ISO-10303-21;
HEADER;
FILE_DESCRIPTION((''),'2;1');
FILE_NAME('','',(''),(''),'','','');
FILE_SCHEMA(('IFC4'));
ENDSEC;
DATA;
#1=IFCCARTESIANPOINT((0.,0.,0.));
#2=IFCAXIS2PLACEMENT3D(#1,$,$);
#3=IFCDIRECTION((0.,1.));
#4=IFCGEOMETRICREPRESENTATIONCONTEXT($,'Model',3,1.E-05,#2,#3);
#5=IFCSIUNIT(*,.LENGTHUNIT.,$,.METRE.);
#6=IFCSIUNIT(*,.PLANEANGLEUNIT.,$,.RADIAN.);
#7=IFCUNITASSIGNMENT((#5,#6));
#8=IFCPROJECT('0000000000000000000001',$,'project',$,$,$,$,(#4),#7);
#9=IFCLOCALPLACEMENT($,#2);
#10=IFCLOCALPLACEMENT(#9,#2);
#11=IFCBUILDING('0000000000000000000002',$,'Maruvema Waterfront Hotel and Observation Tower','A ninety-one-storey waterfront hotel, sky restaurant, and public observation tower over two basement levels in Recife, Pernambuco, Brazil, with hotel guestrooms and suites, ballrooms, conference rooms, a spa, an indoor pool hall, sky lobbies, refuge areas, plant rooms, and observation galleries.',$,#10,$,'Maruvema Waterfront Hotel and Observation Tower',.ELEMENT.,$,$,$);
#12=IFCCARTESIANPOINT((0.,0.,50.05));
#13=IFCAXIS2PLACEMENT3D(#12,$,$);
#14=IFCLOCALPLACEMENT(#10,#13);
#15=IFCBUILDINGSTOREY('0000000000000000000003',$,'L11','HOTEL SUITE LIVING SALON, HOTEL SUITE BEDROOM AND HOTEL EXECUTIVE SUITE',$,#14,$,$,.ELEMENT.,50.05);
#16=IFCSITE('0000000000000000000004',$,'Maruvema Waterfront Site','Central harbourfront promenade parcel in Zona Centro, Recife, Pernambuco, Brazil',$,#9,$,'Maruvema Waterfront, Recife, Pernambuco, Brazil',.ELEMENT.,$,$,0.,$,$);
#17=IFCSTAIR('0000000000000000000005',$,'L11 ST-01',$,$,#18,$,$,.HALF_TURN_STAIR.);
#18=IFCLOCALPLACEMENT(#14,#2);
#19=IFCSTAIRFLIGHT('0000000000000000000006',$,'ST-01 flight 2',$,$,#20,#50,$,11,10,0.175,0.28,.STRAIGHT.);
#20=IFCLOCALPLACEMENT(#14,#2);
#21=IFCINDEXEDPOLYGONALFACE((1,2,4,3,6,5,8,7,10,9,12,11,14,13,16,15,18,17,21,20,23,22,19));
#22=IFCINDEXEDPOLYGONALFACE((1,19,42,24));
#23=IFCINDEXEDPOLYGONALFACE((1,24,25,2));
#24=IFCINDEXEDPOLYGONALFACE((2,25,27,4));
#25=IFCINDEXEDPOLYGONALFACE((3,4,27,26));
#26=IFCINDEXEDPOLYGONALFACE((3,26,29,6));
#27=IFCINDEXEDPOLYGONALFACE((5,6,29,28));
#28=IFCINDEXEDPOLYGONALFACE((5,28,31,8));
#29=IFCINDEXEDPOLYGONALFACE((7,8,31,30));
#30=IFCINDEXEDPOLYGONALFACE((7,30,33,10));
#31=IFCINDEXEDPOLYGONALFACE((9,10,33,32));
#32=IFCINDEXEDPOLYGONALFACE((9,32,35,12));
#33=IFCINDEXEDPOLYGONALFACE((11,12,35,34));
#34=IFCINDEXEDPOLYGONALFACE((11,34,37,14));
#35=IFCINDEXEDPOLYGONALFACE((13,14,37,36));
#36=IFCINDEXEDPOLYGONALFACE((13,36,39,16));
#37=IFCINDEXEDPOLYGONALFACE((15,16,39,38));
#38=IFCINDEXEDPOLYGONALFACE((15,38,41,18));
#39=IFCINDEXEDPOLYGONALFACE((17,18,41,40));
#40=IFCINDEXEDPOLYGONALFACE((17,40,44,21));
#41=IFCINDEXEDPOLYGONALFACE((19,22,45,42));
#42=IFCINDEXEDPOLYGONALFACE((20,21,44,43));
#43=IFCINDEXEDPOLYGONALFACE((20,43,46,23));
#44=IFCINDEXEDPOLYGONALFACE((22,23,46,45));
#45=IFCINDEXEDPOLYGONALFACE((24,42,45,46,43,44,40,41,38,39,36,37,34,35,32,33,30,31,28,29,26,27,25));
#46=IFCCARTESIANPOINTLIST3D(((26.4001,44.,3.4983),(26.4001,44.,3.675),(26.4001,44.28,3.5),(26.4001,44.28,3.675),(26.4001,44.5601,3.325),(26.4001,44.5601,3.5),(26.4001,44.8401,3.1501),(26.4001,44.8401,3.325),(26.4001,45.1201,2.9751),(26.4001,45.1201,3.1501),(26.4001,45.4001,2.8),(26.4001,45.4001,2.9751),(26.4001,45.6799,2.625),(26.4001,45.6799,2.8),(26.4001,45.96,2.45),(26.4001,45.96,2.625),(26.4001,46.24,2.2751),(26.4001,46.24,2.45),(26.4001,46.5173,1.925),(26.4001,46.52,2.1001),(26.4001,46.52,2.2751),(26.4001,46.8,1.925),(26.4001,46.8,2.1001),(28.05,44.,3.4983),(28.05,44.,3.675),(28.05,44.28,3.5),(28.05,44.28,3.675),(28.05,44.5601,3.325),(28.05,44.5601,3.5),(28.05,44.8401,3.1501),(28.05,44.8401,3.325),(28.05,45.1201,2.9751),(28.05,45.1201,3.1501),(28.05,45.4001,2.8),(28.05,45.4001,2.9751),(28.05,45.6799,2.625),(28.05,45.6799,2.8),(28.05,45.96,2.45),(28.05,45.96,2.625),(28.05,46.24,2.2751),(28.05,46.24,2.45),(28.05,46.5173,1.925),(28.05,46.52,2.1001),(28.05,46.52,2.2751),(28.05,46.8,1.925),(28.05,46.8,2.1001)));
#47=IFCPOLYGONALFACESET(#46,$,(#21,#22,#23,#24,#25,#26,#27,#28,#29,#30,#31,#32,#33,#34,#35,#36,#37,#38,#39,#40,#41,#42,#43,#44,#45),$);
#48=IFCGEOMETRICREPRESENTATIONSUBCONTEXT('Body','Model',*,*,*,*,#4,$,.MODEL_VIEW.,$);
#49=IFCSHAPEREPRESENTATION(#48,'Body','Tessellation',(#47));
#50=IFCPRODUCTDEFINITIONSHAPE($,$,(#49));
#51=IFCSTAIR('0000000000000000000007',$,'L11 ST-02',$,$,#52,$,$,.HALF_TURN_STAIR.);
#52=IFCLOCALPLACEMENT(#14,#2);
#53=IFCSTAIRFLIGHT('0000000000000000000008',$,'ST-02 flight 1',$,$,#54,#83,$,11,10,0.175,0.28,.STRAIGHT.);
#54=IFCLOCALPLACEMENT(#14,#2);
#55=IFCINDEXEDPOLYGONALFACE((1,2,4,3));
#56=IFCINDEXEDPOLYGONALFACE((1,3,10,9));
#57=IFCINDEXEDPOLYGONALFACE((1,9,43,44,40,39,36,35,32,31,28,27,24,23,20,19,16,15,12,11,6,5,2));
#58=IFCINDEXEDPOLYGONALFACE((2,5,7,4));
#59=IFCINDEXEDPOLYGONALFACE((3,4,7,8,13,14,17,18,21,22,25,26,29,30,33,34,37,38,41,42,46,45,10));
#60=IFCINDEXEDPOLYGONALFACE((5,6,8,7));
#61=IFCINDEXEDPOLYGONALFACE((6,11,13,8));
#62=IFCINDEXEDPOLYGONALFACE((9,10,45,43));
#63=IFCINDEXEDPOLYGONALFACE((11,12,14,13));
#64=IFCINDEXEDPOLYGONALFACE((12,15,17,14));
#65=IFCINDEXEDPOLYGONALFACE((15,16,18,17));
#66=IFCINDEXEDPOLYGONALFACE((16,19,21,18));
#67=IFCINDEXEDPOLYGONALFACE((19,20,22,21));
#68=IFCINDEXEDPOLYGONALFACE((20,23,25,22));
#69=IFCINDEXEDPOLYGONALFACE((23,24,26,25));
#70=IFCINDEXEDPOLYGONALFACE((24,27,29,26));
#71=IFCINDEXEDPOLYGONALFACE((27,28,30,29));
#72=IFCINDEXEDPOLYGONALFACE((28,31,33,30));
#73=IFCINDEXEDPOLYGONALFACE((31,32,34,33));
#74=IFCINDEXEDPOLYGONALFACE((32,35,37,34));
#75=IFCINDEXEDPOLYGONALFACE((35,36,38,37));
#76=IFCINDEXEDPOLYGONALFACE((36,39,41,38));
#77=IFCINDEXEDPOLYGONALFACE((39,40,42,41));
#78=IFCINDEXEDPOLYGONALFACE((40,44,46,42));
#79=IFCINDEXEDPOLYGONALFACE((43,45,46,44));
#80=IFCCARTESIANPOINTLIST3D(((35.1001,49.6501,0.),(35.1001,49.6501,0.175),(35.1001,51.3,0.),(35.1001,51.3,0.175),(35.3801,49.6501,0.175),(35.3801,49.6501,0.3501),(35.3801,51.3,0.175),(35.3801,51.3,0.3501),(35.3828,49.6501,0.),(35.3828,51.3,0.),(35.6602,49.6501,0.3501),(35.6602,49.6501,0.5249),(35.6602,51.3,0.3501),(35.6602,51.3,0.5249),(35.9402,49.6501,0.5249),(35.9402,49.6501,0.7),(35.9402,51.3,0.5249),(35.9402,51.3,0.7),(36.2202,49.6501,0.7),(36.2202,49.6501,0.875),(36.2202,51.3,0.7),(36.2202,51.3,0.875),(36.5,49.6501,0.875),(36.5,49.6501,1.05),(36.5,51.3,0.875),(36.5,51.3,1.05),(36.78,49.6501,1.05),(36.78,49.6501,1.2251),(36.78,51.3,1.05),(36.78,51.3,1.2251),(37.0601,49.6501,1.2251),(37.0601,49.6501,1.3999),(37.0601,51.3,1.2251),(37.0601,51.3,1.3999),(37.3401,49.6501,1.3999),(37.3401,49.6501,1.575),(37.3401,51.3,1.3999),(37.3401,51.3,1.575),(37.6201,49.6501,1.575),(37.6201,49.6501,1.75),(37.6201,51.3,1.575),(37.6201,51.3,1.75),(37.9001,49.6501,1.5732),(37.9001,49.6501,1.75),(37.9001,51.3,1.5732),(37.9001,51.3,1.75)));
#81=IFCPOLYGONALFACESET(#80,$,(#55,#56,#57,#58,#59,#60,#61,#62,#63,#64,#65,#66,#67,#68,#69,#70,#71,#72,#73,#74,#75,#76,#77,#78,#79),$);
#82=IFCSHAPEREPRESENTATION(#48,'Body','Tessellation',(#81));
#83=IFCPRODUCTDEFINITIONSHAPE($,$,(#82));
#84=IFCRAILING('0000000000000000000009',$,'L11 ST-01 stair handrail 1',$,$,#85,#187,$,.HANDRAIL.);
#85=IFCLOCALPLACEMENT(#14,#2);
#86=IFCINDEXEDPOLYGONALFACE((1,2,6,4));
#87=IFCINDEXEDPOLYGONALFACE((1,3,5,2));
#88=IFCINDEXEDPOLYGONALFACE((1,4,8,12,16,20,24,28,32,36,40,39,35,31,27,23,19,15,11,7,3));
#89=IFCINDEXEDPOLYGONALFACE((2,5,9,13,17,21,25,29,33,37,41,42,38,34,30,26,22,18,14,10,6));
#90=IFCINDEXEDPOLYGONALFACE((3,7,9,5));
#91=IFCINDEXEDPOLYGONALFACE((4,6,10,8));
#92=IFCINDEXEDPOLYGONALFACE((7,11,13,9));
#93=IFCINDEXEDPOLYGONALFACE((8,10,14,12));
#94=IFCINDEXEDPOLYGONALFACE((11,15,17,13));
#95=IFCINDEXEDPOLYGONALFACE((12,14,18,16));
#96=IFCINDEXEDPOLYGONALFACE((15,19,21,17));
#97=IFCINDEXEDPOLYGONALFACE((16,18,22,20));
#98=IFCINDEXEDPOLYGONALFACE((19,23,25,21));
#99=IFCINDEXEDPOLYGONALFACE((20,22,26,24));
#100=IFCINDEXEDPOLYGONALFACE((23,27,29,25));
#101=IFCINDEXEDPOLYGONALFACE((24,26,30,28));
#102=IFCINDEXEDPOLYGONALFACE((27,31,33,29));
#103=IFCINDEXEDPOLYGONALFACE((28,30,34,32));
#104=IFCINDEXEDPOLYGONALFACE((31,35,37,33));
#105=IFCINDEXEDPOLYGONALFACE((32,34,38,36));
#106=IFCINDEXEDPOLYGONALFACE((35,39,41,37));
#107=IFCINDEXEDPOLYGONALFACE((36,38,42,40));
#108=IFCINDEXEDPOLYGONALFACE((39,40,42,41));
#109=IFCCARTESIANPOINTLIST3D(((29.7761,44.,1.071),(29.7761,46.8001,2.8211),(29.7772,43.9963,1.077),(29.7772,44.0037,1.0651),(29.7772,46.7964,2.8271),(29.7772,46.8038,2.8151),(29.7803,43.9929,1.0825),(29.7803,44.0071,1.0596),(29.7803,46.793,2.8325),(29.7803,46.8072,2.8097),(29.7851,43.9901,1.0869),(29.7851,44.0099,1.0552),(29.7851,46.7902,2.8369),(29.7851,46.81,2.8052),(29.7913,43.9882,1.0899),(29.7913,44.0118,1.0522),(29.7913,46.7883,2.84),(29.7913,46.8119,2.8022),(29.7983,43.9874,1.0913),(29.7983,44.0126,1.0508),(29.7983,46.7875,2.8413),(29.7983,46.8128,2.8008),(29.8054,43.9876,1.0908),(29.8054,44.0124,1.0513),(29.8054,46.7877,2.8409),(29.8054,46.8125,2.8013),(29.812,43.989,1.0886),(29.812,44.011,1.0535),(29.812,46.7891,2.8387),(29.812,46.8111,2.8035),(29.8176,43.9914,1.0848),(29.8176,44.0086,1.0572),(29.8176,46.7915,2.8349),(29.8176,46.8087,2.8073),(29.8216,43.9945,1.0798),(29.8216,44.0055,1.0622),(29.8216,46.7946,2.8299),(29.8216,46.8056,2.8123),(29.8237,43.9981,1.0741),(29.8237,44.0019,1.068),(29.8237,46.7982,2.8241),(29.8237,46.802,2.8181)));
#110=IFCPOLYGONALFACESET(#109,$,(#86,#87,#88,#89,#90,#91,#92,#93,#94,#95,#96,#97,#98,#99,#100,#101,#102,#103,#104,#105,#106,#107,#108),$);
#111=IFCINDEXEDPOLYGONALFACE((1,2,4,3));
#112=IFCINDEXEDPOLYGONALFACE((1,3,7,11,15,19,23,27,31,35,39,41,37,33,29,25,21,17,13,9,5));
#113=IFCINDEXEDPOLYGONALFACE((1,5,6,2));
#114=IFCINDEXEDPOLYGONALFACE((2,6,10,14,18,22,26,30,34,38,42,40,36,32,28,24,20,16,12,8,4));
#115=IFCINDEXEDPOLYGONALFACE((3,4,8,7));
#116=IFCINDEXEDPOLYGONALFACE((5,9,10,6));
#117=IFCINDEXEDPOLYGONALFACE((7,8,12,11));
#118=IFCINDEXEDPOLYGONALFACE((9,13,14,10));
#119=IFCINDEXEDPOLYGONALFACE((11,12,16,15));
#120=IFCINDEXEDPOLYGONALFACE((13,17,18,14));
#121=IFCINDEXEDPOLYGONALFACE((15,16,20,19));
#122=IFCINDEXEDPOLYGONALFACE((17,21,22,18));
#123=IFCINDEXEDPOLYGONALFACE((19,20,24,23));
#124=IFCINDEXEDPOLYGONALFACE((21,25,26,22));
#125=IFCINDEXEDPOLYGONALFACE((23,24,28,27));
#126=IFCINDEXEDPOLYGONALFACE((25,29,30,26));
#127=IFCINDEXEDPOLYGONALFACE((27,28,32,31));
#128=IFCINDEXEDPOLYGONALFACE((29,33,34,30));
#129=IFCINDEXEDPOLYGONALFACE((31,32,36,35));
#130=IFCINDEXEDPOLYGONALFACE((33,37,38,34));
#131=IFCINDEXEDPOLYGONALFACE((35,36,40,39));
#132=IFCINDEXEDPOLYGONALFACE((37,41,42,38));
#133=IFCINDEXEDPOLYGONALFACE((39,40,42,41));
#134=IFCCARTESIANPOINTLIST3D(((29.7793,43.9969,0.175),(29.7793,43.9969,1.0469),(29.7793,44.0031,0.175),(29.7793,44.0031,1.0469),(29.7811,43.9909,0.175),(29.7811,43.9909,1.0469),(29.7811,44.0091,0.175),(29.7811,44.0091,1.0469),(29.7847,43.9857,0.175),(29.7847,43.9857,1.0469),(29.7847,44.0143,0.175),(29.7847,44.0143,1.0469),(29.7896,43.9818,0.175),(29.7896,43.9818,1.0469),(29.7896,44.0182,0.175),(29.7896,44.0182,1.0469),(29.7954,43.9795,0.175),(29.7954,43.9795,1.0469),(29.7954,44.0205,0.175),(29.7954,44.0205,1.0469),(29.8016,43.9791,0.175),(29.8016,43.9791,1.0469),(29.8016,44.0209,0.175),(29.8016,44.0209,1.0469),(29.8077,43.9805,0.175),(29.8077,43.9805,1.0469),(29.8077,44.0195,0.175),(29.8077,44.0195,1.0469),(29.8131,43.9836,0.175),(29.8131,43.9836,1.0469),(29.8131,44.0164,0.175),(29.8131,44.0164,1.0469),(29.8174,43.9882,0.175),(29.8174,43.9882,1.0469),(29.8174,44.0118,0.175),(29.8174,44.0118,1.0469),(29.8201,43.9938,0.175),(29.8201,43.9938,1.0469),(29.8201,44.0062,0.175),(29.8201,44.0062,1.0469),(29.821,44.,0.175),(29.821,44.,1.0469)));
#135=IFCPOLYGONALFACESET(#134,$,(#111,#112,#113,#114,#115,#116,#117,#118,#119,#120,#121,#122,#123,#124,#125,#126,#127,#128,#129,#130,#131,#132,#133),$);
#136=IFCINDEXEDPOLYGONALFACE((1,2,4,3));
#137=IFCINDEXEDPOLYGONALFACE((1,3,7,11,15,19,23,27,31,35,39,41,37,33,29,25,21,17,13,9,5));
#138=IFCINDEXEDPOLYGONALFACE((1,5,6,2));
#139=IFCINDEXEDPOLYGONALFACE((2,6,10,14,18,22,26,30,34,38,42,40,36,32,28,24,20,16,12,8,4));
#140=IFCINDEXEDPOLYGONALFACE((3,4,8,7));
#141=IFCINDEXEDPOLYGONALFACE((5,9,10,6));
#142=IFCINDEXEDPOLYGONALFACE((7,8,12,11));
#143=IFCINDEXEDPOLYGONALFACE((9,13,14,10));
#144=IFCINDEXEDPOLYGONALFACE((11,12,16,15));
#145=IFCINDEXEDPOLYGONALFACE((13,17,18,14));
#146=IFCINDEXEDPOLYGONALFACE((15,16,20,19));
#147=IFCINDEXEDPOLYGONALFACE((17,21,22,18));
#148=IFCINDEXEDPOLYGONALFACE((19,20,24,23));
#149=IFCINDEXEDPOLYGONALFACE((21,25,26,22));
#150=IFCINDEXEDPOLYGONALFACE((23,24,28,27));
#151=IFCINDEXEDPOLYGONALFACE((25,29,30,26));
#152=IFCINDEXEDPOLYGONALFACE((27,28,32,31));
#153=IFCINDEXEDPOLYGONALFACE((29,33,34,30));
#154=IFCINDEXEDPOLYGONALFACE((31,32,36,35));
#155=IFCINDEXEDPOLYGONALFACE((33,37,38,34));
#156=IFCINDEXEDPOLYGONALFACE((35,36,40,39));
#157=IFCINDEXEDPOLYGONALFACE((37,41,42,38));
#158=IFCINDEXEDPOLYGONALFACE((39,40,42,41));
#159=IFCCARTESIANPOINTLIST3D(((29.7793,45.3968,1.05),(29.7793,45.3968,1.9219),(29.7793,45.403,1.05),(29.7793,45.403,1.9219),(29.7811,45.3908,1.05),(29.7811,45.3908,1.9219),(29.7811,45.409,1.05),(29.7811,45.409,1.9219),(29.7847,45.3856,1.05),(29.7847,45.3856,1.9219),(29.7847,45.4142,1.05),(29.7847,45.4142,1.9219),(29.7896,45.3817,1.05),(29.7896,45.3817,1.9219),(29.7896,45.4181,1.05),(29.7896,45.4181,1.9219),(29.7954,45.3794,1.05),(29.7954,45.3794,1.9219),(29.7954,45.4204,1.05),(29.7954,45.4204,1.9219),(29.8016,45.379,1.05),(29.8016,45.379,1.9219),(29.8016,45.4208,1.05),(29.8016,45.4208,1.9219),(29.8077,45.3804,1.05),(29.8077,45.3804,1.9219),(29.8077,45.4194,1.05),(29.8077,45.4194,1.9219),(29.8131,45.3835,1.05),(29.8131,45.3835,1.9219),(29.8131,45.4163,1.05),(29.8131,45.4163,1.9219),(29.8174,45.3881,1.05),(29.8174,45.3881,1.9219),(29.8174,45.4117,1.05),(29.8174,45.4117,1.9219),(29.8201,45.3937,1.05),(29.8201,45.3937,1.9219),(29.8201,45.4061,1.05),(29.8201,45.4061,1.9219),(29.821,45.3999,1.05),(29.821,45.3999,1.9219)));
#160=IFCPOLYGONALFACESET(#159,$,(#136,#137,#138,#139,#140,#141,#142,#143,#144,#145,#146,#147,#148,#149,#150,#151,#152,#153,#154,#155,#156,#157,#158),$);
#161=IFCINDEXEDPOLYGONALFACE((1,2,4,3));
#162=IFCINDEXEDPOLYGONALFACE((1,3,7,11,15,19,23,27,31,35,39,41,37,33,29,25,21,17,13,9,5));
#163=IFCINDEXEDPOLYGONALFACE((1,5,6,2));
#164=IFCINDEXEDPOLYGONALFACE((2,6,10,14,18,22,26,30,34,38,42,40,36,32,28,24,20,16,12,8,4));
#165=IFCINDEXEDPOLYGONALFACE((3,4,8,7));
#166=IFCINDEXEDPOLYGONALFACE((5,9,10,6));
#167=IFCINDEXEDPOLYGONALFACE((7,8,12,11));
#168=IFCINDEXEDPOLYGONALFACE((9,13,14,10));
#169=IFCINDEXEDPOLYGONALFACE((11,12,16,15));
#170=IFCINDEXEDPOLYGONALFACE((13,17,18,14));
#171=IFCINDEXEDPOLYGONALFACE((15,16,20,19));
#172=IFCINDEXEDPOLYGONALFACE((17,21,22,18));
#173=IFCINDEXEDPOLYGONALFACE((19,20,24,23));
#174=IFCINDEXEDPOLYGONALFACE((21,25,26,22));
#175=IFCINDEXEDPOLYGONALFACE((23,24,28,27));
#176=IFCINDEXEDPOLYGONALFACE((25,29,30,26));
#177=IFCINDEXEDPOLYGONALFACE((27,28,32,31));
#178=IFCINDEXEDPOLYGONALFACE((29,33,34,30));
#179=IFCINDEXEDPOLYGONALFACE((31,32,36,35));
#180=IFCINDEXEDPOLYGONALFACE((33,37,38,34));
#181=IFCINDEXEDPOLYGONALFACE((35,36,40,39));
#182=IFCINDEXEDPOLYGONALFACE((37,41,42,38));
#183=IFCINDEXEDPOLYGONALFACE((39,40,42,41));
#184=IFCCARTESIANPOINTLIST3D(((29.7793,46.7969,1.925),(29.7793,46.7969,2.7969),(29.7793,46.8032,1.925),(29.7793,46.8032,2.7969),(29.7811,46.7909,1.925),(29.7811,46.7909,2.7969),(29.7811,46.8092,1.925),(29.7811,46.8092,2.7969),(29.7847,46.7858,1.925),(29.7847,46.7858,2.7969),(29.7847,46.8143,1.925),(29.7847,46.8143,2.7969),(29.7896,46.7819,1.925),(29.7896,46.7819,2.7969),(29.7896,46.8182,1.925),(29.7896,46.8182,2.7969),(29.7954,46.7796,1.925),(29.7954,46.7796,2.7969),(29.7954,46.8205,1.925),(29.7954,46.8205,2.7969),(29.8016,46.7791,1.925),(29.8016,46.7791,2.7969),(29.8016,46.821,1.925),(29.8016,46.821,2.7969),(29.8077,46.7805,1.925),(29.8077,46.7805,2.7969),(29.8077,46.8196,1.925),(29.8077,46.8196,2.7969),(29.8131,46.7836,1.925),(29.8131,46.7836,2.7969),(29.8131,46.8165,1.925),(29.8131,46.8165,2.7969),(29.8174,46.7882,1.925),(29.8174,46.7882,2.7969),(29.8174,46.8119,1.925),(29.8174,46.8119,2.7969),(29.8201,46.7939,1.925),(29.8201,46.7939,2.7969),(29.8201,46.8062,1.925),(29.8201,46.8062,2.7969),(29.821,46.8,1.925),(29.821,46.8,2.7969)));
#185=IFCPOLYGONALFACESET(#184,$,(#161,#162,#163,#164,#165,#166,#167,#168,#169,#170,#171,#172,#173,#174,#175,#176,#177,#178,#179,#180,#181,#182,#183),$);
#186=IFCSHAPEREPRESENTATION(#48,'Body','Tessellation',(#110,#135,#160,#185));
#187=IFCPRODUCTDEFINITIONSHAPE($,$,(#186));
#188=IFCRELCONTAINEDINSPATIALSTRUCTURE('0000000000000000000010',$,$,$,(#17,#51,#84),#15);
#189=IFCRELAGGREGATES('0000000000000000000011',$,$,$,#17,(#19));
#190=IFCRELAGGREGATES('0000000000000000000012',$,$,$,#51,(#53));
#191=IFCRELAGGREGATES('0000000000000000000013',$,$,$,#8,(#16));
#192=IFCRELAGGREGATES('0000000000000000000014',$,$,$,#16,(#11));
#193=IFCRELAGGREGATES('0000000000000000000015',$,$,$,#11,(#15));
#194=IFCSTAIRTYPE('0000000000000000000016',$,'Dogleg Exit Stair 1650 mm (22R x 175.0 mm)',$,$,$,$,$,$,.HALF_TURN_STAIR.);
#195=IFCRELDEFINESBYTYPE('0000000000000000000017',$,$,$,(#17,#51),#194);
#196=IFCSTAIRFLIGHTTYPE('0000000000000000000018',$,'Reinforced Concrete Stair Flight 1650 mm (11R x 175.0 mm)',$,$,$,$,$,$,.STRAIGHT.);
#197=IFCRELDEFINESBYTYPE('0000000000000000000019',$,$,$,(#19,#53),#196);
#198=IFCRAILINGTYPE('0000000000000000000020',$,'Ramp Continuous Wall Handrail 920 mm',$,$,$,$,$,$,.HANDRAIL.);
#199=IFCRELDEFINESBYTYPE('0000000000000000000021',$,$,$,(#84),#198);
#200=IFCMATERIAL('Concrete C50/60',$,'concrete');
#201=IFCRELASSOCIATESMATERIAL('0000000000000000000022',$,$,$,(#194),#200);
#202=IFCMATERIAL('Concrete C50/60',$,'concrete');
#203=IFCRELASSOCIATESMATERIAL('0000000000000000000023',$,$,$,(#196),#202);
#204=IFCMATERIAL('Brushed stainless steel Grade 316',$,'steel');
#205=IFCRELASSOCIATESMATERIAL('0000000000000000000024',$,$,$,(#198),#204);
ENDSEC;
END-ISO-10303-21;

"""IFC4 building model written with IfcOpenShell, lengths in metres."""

from ifc_helpers import new_model, si_unit, direction, frame, origin, origin_2d, place, context, subcontext, project, spatial, polyline, circle, outline, extrude, material, type_object, element, aggregate, save


model = new_model("IFC4")

# Units and contexts
model_context = context("Model", 3, precision=1e-05, world=origin(), true_north=direction((0.0, 1.0)))
body_context = subcontext(model_context, "Body", "Model", "MODEL_VIEW")
ifc_project = project(units=[si_unit("LENGTHUNIT", "METRE"), si_unit("PLANEANGLEUNIT", "RADIAN")], contexts=[model_context])

# Site, building, storey
site_placement = place(None, origin())
site = spatial("IfcSite", under=ifc_project, at=site_placement, Name="Maruvema Waterfront Site", Description="Central harbourfront promenade parcel in Zona Centro, Recife, Pernambuco, Brazil", LongName="Maruvema Waterfront, Recife, Pernambuco, Brazil", CompositionType="ELEMENT", RefElevation=0.0)
building_placement = place(site_placement, origin())
building = spatial("IfcBuilding", under=site, at=building_placement, Name="Maruvema Waterfront Hotel and Observation Tower", Description="A ninety-one-storey waterfront hotel, sky restaurant, and public observation tower over two basement levels in Recife, Pernambuco, Brazil, with hotel guestrooms and suites, ballrooms, conference rooms, a spa, an indoor pool hall, sky lobbies, refuge areas, plant rooms, and observation galleries.", LongName="Maruvema Waterfront Hotel and Observation Tower", CompositionType="ELEMENT")
storey_placement = place(building_placement, frame((0.0, 0.0, 50.05)))
storey = spatial("IfcBuildingStorey", under=building, at=storey_placement, Name="L11", Description="HOTEL SUITE LIVING SALON, HOTEL SUITE BEDROOM AND HOTEL EXECUTIVE SUITE", CompositionType="ELEMENT", Elevation=50.05)

# Stair, stair flight
ifc_material_1 = material(Name="Concrete C50/60", Category="concrete")
stair_type = type_object("IfcStairType", Name="Dogleg Exit Stair 1650 mm (22R x 175.0 mm)", PredefinedType="HALF_TURN_STAIR", material=ifc_material_1)
stair_1_placement = place(storey_placement, origin())
stair_1 = element("IfcStair", 1, at=stair_1_placement, inside=storey, type_object=stair_type, Name="L11 ST-01", PredefinedType="HALF_TURN_STAIR")
ifc_material_2 = material(Name="Concrete C50/60", Category="concrete")
stair_flight_type = type_object("IfcStairFlightType", Name="Reinforced Concrete Stair Flight 1650 mm (11R x 175.0 mm)", PredefinedType="STRAIGHT", material=ifc_material_2)
stair_flight_1_placement = place(storey_placement, frame((27.2251, 46.8, 1.925), z_axis=(0.0, 0.0, 1.0), x_axis=(0.0, -1.0, 0.0)))
stair_flight_1 = element("IfcStairFlight", 2, at=stair_flight_1_placement, type_object=stair_flight_type, Name="ST-01 flight 2", NumberOfRisers=11, NumberOfTreads=10, PredefinedType="STRAIGHT", RiserHeight=0.175, TreadLength=0.28, context=body_context, shape_type="SweptSolid", body=[
    extrude(outline(polyline([(0.0, 0.0), (0.0, 0.175), (0.28, 0.175), (0.28, 0.3501), (0.5601, 0.3501), (0.5601, 0.5249), (0.8401, 0.5249), (0.8401, 0.7), (1.1201, 0.7), (1.1201, 0.875), (1.3999, 0.875), (1.3999, 1.05), (1.6799, 1.05), (1.6799, 1.2251), (1.96, 1.2251), (1.96, 1.3999), (2.24, 1.3999), (2.24, 1.575), (2.52, 1.575), (2.52, 1.75), (2.8, 1.75), (2.8, 1.925), (2.8, 1.5732), (0.2827, 0.0), (0.0, 0.0)])), frame((0.0, 0.825, 0.0), z_axis=(0.0, -1.0, 0.0), x_axis=(1.0, 0.0, 0.0)), (0.0, 0.0, 1.0), 1.6499),
])
aggregate(stair_1, [stair_flight_1])

# Stair, stair flight
stair_2_placement = place(storey_placement, origin())
stair_2 = element("IfcStair", 3, at=stair_2_placement, inside=storey, type_object=stair_type, Name="L11 ST-02", PredefinedType="HALF_TURN_STAIR")
stair_flight_2_placement = place(storey_placement, frame((35.1001, 50.4751, 0.0), z_axis=(0.0, 0.0, 1.0), x_axis=(1.0, 0.0, 0.0)))
stair_flight_2 = element("IfcStairFlight", 4, at=stair_flight_2_placement, type_object=stair_flight_type, Name="ST-02 flight 1", NumberOfRisers=11, NumberOfTreads=10, PredefinedType="STRAIGHT", RiserHeight=0.175, TreadLength=0.28, context=body_context, shape_type="SweptSolid", body=[
    extrude(outline(polyline([(0.0, 0.0), (0.0, 0.175), (0.28, 0.175), (0.28, 0.3501), (0.5601, 0.3501), (0.5601, 0.5249), (0.8401, 0.5249), (0.8401, 0.7), (1.1201, 0.7), (1.1201, 0.875), (1.3999, 0.875), (1.3999, 1.05), (1.6799, 1.05), (1.6799, 1.2251), (1.96, 1.2251), (1.96, 1.3999), (2.24, 1.3999), (2.24, 1.575), (2.52, 1.575), (2.52, 1.75), (2.8, 1.75), (2.8, 1.925), (2.8, 1.5732), (0.2827, 0.0), (0.0, 0.0)])), frame((0.0, 0.825, 0.0), z_axis=(0.0, -1.0, 0.0), x_axis=(1.0, 0.0, 0.0)), (0.0, 0.0, 1.0), 1.6499),
])
aggregate(stair_2, [stair_flight_2])

# Railing
ifc_material_3 = material(Name="Brushed stainless steel Grade 316", Category="steel")
railing_type_1 = type_object("IfcRailingType", Name="Ramp Continuous Wall Handrail 920 mm", PredefinedType="HANDRAIL", material=ifc_material_3)
railing_1_placement = place(storey_placement, frame((29.8, 44.0, 0.175)))
element("IfcRailing", 5, at=railing_1_placement, inside=storey, type_object=railing_type_1, Name="L11 ST-01 stair handrail 1", PredefinedType="HANDRAIL", context=body_context, shape_type="SweptSolid", body=[
    extrude(circle(Radius=0.0239, at=origin_2d()), frame((0.0, 0.0, 0.896), z_axis=(0.0, 0.848002, 0.529992), x_axis=(-1.0, 0.0, 0.0)), (0.0, 0.0, 1.0), 3.302),
    extrude(circle(Radius=0.021, at=origin_2d()), origin(), (0.0, 0.0, 1.0), 0.8718),
    extrude(circle(Radius=0.021, at=origin_2d()), frame((0.0, 1.3999, 0.875)), (0.0, 0.0, 1.0), 0.8718),
    extrude(circle(Radius=0.021, at=origin_2d()), frame((0.0, 2.8, 1.75)), (0.0, 0.0, 1.0), 0.8718),
])

save(model, "model.ifc")
